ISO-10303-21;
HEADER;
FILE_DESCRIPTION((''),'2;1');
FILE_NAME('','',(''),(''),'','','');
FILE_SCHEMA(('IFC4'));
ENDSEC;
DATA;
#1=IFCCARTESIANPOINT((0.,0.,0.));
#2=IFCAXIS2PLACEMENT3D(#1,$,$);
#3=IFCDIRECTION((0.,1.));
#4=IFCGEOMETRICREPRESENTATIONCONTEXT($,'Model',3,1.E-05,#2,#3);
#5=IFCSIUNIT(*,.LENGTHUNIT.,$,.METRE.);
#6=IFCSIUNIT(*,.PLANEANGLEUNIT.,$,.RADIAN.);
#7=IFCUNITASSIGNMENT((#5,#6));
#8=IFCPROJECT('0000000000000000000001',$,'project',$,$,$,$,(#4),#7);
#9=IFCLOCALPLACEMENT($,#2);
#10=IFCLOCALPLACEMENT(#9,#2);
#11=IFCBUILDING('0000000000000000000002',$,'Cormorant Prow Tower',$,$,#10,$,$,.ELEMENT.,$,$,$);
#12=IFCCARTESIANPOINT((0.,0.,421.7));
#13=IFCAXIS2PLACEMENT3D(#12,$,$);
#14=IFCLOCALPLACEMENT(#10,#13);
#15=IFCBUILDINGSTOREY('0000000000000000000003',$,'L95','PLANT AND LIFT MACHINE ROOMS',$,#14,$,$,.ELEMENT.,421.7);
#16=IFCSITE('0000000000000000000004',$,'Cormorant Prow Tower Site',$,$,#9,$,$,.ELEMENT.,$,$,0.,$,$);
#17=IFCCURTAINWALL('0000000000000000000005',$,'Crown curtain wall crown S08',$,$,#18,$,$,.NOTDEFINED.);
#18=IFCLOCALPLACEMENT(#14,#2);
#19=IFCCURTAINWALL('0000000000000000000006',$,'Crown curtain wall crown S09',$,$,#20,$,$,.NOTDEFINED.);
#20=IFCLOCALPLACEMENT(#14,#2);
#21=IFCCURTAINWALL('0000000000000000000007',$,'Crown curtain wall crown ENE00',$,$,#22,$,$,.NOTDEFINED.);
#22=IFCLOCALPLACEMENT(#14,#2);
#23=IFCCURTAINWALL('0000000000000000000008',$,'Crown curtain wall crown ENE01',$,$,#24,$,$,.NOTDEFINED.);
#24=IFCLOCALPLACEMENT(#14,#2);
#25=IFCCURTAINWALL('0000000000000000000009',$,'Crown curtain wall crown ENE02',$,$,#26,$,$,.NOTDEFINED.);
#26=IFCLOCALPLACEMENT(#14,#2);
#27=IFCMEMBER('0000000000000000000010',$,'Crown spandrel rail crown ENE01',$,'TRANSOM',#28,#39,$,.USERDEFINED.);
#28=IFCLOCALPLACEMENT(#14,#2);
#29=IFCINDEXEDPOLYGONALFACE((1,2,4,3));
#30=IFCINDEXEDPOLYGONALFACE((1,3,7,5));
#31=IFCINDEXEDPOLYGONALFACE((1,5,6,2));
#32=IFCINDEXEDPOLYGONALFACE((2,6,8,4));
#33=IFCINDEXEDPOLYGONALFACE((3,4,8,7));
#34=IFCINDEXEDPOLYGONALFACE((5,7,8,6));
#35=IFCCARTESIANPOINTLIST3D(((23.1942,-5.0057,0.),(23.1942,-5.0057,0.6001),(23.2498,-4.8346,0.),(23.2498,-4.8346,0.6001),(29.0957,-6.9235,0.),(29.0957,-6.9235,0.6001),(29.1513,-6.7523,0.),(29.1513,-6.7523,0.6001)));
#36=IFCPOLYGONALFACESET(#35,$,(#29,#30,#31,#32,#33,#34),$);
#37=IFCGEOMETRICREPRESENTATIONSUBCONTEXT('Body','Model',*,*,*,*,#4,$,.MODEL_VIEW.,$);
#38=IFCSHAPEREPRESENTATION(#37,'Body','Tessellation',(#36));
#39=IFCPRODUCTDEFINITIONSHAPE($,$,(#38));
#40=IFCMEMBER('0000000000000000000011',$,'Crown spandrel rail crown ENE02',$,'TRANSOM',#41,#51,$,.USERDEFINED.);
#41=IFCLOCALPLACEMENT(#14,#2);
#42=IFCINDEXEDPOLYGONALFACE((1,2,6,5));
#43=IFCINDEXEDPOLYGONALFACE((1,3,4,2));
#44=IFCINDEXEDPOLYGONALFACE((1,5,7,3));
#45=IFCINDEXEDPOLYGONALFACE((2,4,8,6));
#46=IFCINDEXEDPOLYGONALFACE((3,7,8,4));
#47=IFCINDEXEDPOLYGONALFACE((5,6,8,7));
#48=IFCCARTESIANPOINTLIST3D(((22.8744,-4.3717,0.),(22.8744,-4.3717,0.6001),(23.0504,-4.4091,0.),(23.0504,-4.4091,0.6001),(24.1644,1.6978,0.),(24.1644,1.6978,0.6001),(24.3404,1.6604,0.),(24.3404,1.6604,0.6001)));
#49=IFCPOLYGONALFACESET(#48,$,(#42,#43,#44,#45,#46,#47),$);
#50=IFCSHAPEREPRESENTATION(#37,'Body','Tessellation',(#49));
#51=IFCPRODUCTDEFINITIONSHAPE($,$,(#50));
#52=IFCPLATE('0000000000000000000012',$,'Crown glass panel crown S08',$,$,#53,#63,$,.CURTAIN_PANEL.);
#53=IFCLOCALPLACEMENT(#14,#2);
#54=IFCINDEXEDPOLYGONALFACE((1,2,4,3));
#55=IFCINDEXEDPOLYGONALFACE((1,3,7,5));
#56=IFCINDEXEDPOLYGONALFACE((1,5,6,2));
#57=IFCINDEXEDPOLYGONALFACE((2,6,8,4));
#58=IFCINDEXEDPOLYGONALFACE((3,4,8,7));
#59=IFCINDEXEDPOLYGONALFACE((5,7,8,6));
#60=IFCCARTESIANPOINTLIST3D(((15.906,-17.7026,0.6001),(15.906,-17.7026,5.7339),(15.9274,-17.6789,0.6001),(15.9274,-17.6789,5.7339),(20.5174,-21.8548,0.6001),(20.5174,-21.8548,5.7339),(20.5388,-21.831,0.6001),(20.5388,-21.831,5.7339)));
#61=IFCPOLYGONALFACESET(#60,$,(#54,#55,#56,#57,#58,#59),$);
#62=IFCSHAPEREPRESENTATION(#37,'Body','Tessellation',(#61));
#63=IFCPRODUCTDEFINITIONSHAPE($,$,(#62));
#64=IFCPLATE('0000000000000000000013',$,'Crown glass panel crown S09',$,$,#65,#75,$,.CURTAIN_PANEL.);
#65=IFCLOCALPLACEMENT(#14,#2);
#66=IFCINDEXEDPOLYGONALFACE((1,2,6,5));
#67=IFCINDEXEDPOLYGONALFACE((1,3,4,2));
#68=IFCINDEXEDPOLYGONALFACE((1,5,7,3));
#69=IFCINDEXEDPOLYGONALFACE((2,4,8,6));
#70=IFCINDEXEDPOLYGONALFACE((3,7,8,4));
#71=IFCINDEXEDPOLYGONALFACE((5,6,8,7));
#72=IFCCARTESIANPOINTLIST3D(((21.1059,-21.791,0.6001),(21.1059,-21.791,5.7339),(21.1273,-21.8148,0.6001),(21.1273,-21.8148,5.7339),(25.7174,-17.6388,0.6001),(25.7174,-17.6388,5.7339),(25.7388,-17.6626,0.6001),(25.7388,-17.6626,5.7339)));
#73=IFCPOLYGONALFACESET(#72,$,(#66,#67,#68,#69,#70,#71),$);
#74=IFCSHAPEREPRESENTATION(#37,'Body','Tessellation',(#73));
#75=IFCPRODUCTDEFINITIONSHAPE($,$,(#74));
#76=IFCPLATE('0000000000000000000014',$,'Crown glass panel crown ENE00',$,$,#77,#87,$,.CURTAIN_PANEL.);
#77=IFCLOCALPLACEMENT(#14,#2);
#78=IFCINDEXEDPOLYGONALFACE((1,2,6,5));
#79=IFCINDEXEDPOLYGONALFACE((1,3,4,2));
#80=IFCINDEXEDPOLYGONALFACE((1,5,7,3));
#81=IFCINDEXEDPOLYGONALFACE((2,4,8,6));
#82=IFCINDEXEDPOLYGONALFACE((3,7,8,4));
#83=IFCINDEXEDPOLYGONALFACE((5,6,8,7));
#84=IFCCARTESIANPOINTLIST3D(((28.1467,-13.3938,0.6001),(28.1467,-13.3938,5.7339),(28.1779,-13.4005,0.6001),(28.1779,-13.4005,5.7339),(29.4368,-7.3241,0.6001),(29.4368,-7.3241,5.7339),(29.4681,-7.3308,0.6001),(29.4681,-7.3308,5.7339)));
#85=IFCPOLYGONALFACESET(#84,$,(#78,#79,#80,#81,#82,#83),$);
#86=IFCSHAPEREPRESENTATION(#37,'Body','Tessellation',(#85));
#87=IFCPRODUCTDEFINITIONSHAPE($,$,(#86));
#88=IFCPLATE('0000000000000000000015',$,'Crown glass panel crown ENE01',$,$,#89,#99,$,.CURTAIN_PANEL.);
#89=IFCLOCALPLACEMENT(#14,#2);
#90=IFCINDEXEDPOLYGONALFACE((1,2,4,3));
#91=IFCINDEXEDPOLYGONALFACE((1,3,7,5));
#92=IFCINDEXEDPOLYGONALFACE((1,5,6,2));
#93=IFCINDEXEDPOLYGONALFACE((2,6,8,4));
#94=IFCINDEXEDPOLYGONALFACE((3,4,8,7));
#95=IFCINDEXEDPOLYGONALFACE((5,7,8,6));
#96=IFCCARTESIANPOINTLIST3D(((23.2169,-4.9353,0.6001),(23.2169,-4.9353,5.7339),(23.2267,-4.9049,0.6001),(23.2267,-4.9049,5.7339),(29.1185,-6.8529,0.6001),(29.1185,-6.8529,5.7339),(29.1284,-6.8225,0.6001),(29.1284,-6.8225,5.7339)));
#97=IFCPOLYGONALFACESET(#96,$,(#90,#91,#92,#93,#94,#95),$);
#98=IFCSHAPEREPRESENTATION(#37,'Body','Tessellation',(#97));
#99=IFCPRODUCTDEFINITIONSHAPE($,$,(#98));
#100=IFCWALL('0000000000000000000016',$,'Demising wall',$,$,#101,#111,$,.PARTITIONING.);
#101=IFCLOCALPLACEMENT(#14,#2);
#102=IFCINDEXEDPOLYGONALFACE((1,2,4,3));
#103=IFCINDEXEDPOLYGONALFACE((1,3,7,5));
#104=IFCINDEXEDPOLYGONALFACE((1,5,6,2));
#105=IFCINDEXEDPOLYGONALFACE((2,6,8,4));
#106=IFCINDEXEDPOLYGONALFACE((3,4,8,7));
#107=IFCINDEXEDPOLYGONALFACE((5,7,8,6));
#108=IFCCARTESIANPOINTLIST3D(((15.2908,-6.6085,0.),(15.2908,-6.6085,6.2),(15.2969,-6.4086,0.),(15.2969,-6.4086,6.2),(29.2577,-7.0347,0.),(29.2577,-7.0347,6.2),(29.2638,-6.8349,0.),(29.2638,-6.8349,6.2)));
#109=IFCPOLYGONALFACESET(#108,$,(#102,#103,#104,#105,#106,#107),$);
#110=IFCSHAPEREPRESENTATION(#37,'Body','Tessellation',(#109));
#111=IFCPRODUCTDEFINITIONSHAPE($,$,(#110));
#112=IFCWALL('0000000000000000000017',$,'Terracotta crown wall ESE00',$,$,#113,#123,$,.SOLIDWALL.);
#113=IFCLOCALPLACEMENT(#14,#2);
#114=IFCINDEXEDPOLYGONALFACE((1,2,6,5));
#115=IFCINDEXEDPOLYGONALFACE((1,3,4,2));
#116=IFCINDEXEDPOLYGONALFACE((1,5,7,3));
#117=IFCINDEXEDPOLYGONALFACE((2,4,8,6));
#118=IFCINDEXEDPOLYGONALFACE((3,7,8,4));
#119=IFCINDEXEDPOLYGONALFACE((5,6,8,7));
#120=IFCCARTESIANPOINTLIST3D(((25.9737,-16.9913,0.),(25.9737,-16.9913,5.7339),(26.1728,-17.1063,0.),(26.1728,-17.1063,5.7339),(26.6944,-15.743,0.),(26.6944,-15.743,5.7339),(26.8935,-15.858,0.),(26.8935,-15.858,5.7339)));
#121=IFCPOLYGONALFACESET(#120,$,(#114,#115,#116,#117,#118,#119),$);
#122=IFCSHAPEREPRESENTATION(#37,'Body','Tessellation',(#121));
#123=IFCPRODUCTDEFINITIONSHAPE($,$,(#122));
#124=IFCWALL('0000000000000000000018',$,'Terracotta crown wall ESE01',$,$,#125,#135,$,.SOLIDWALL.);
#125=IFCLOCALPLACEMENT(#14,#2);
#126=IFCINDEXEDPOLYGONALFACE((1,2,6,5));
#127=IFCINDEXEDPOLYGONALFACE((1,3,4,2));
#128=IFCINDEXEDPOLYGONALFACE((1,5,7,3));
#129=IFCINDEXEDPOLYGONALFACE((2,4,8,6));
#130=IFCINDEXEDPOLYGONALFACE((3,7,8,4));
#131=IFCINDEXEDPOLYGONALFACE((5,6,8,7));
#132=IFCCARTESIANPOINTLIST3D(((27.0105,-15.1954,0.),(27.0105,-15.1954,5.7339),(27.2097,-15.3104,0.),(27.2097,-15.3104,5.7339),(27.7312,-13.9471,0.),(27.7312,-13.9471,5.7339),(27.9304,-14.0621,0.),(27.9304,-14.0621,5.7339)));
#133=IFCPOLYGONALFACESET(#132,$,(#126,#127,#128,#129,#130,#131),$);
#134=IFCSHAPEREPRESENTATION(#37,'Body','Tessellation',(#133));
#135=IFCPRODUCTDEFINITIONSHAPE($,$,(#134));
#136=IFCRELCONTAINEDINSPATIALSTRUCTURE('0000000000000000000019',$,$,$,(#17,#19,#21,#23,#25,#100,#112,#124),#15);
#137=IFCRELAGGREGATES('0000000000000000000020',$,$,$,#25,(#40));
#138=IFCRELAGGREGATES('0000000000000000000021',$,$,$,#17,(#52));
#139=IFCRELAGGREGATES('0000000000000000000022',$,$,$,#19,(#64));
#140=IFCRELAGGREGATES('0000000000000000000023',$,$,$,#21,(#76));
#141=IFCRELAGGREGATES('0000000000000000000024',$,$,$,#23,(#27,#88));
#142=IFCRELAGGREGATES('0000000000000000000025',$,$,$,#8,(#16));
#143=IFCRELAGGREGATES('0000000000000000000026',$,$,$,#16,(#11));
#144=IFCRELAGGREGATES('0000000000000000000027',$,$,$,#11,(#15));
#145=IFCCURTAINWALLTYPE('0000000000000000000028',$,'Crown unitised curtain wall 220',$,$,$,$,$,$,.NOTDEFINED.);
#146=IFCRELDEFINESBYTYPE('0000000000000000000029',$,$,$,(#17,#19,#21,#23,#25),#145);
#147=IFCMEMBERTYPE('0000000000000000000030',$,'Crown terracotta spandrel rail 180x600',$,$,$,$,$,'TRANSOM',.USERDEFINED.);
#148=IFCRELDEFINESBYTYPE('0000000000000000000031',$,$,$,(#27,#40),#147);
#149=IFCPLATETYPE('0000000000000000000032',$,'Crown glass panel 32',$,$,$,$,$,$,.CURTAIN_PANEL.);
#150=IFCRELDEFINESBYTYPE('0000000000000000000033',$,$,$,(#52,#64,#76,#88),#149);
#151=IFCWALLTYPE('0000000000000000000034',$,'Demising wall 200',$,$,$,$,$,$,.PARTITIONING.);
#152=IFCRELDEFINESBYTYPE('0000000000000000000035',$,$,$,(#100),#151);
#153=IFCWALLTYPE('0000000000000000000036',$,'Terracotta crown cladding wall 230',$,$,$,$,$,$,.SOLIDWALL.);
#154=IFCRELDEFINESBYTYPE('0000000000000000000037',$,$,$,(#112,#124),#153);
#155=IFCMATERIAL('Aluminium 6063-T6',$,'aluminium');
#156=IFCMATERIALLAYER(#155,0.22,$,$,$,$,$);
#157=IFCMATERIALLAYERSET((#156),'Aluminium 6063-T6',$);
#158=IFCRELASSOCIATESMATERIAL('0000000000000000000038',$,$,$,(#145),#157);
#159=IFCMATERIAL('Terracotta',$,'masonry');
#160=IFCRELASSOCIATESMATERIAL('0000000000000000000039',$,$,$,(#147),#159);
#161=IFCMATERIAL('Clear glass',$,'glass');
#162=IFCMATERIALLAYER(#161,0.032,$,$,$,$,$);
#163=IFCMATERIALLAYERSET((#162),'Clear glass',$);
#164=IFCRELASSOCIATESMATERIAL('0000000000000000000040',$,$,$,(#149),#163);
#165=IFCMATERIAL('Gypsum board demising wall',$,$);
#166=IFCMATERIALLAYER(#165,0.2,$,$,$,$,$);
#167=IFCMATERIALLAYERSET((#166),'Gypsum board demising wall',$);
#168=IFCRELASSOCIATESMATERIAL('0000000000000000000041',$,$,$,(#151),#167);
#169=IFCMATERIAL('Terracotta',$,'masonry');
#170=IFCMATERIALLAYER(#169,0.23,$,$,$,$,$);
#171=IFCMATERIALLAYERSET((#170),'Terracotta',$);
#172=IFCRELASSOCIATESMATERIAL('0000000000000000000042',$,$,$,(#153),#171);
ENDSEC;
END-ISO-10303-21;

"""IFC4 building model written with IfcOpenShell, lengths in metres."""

from ifc_helpers import new_model, si_unit, direction, frame, frame_2d, origin, origin_2d, place, context, subcontext, project, spatial, rectangle, extrude, material, layer, layer_set, material_profile, profile_set, type_object, element, aggregate, save


model = new_model("IFC4")

# Units and contexts
model_context = context("Model", 3, precision=1e-05, world=origin(), true_north=direction((0.0, 1.0)))
body_context = subcontext(model_context, "Body", "Model", "MODEL_VIEW")
ifc_project = project(units=[si_unit("LENGTHUNIT", "METRE"), si_unit("PLANEANGLEUNIT", "RADIAN")], contexts=[model_context])

# Site, building, storey
site_placement = place(None, origin())
site = spatial("IfcSite", under=ifc_project, at=site_placement, Name="Cormorant Prow Tower Site", CompositionType="ELEMENT", RefElevation=0.0)
building_placement = place(site_placement, origin())
building = spatial("IfcBuilding", under=site, at=building_placement, Name="Cormorant Prow Tower", CompositionType="ELEMENT")
storey_placement = place(building_placement, frame((0.0, 0.0, 421.7)))
storey = spatial("IfcBuildingStorey", under=building, at=storey_placement, Name="L95", Description="PLANT AND LIFT MACHINE ROOMS", CompositionType="ELEMENT", Elevation=421.7)

# Curtain walls
ifc_material_1 = material(Name="Aluminium 6063-T6", Category="aluminium")
ifc_layer_1 = layer(ifc_material_1, 0.22)
ifc_layer_set_1 = layer_set([ifc_layer_1], Name="Aluminium 6063-T6")
curtain_wall_type = type_object("IfcCurtainWallType", Name="Crown unitised curtain wall 220", PredefinedType="NOTDEFINED", material=ifc_layer_set_1)
curtain_wall_1_placement = place(storey_placement, origin())
curtain_wall_1 = element("IfcCurtainWall", 1, at=curtain_wall_1_placement, inside=storey, type_object=curtain_wall_type, Name="Crown curtain wall crown S08", PredefinedType="NOTDEFINED")
curtain_wall_2_placement = place(storey_placement, origin())
curtain_wall_2 = element("IfcCurtainWall", 2, at=curtain_wall_2_placement, inside=storey, type_object=curtain_wall_type, Name="Crown curtain wall crown S09", PredefinedType="NOTDEFINED")
curtain_wall_3_placement = place(storey_placement, origin())
curtain_wall_3 = element("IfcCurtainWall", 3, at=curtain_wall_3_placement, inside=storey, type_object=curtain_wall_type, Name="Crown curtain wall crown ENE00", PredefinedType="NOTDEFINED")
curtain_wall_4_placement = place(storey_placement, origin())
curtain_wall_4 = element("IfcCurtainWall", 4, at=curtain_wall_4_placement, inside=storey, type_object=curtain_wall_type, Name="Crown curtain wall crown ENE01", PredefinedType="NOTDEFINED")
curtain_wall_5_placement = place(storey_placement, origin())
curtain_wall_5 = element("IfcCurtainWall", 5, at=curtain_wall_5_placement, inside=storey, type_object=curtain_wall_type, Name="Crown curtain wall crown ENE02", PredefinedType="NOTDEFINED")

# Members
ifc_material_2 = material(Name="Terracotta", Category="masonry")
ifc_material_profile_1 = material_profile(ifc_material_2, rectangle(XDim=0.1799, YDim=0.6001, at=origin_2d()), Name="Crown terracotta spandrel rail 180x600")
ifc_profile_set_1 = profile_set([ifc_material_profile_1], Name="Terracotta")
member_type_1 = type_object("IfcMemberType", Name="Crown terracotta spandrel rail 180x600", ElementType="TRANSOM", PredefinedType="USERDEFINED", material=ifc_profile_set_1)
member_1_placement = place(storey_placement, frame((29.1235, -6.8379, 0.3), z_axis=(-0.951048, 0.309042, 0.0), x_axis=(-0.309042, -0.951048, 0.0)))
member_1 = element("IfcMember", 6, at=member_1_placement, type_object=member_type_1, Name="Crown spandrel rail crown ENE01", ObjectType="TRANSOM", PredefinedType="USERDEFINED", context=body_context, shape_type="SweptSolid", body=[
    extrude(rectangle(XDim=0.1799, YDim=0.6001, at=origin_2d()), origin(), (0.0, 0.0, 1.0), 6.2053),
])
member_2_placement = place(storey_placement, frame((22.9624, -4.3904, 0.3), z_axis=(0.207898, 0.978151, 0.0), x_axis=(-0.978151, 0.207898, 0.0)))
member_2 = element("IfcMember", 7, at=member_2_placement, type_object=member_type_1, Name="Crown spandrel rail crown ENE02", ObjectType="TRANSOM", PredefinedType="USERDEFINED", context=body_context, shape_type="SweptSolid", body=[
    extrude(rectangle(XDim=0.1799, YDim=0.6001, at=origin_2d()), origin(), (0.0, 0.0, 1.0), 6.2051),
])
aggregate(curtain_wall_5, [member_2])

# Plates
ifc_material_3 = material(Name="Clear glass", Category="glass")
ifc_layer_2 = layer(ifc_material_3, 0.032)
ifc_layer_set_2 = layer_set([ifc_layer_2], Name="Clear glass")
plate_type = type_object("IfcPlateType", Name="Crown glass panel 32", PredefinedType="CURTAIN_PANEL", material=ifc_layer_set_2)
plate_1_placement = place(storey_placement, frame((18.2224, -19.7668, 0.6001), z_axis=(0.0, 0.0, 1.0), x_axis=(0.743145, -0.669131, 0.0)))
plate_1 = element("IfcPlate", 8, at=plate_1_placement, type_object=plate_type, Name="Crown glass panel crown S08", PredefinedType="CURTAIN_PANEL", context=body_context, shape_type="SweptSolid", body=[
    extrude(rectangle(XDim=6.2053, YDim=0.032, at=origin_2d()), origin(), (0.0, 0.0, 1.0), 5.1338),
])
aggregate(curtain_wall_1, [plate_1])
plate_2_placement = place(storey_placement, frame((23.4224, -19.7268, 0.6001), z_axis=(0.0, 0.0, 1.0), x_axis=(0.743145, 0.669131, 0.0)))
plate_2 = element("IfcPlate", 9, at=plate_2_placement, type_object=plate_type, Name="Crown glass panel crown S09", PredefinedType="CURTAIN_PANEL", context=body_context, shape_type="SweptSolid", body=[
    extrude(rectangle(XDim=6.2053, YDim=0.032, at=origin_2d()), origin(), (0.0, 0.0, 1.0), 5.1338),
])
aggregate(curtain_wall_2, [plate_2])
plate_3_placement = place(storey_placement, frame((28.8074, -10.3623, 0.6001), z_axis=(0.0, 0.0, 1.0), x_axis=(0.207912, 0.978148, 0.0)))
plate_3 = element("IfcPlate", 10, at=plate_3_placement, type_object=plate_type, Name="Crown glass panel crown ENE00", PredefinedType="CURTAIN_PANEL", context=body_context, shape_type="SweptSolid", body=[
    extrude(rectangle(XDim=6.2053, YDim=0.032, at=origin_2d()), origin(), (0.0, 0.0, 1.0), 5.1338),
])
aggregate(curtain_wall_3, [plate_3])
plate_4_placement = place(storey_placement, frame((26.1726, -5.8789, 0.6001), z_axis=(0.0, 0.0, 1.0), x_axis=(-0.951057, 0.309017, 0.0)))
plate_4 = element("IfcPlate", 11, at=plate_4_placement, type_object=plate_type, Name="Crown glass panel crown ENE01", PredefinedType="CURTAIN_PANEL", context=body_context, shape_type="SweptSolid", body=[
    extrude(rectangle(XDim=6.2053, YDim=0.032, at=origin_2d()), origin(), (0.0, 0.0, 1.0), 5.1338),
])
aggregate(curtain_wall_4, [member_1, plate_4])

# Walls
ifc_material_4 = material(Name="Gypsum board demising wall")
ifc_layer_3 = layer(ifc_material_4, 0.2)
ifc_layer_set_3 = layer_set([ifc_layer_3], Name="Gypsum board demising wall")
wall_type_1 = type_object("IfcWallType", Name="Demising wall 200", PredefinedType="PARTITIONING", material=ifc_layer_set_3)
wall_placement = place(storey_placement, frame((15.2937, -6.5085, 0.0), z_axis=(0.0, 0.0, 1.0), x_axis=(0.999535, -0.030506, 0.0)))
element("IfcWall", 12, at=wall_placement, inside=storey, type_object=wall_type_1, Name="Demising wall", PredefinedType="PARTITIONING", context=body_context, shape_type="SweptSolid", body=[
    extrude(rectangle(XDim=13.9734, YDim=0.2, at=frame_2d((6.9868, 0.0))), origin(), (0.0, 0.0, 1.0), 6.2),
])
ifc_material_5 = material(Name="Terracotta", Category="masonry")
ifc_layer_4 = layer(ifc_material_5, 0.23)
ifc_layer_set_4 = layer_set([ifc_layer_4], Name="Terracotta")
wall_type_2 = type_object("IfcWallType", Name="Terracotta crown cladding wall 230", PredefinedType="SOLIDWALL", material=ifc_layer_set_4)
for number, where, z_axis, x_axis, name in (
    (13, (26.0732, -17.0488, 0.0), (0.0, 0.0, 1.0), (0.500001, 0.866025, 0.0), "Terracotta crown wall ESE00"),
    (14, (27.1101, -15.2529, 0.0), (0.0, 0.0, 1.0), (0.500001, 0.866025, 0.0), "Terracotta crown wall ESE01"),
):
    element("IfcWall", number, at=place(storey_placement, frame(where, z_axis=z_axis, x_axis=x_axis)), inside=storey, type_object=wall_type_2, Name=name, PredefinedType="SOLIDWALL", context=body_context, shape_type="SweptSolid", body=[
        extrude(rectangle(XDim=1.4414, YDim=0.23, at=frame_2d((0.7207, 0.0))), origin(), (0.0, 0.0, 1.0), 5.7339),
    ])

save(model, "model.ifc")
